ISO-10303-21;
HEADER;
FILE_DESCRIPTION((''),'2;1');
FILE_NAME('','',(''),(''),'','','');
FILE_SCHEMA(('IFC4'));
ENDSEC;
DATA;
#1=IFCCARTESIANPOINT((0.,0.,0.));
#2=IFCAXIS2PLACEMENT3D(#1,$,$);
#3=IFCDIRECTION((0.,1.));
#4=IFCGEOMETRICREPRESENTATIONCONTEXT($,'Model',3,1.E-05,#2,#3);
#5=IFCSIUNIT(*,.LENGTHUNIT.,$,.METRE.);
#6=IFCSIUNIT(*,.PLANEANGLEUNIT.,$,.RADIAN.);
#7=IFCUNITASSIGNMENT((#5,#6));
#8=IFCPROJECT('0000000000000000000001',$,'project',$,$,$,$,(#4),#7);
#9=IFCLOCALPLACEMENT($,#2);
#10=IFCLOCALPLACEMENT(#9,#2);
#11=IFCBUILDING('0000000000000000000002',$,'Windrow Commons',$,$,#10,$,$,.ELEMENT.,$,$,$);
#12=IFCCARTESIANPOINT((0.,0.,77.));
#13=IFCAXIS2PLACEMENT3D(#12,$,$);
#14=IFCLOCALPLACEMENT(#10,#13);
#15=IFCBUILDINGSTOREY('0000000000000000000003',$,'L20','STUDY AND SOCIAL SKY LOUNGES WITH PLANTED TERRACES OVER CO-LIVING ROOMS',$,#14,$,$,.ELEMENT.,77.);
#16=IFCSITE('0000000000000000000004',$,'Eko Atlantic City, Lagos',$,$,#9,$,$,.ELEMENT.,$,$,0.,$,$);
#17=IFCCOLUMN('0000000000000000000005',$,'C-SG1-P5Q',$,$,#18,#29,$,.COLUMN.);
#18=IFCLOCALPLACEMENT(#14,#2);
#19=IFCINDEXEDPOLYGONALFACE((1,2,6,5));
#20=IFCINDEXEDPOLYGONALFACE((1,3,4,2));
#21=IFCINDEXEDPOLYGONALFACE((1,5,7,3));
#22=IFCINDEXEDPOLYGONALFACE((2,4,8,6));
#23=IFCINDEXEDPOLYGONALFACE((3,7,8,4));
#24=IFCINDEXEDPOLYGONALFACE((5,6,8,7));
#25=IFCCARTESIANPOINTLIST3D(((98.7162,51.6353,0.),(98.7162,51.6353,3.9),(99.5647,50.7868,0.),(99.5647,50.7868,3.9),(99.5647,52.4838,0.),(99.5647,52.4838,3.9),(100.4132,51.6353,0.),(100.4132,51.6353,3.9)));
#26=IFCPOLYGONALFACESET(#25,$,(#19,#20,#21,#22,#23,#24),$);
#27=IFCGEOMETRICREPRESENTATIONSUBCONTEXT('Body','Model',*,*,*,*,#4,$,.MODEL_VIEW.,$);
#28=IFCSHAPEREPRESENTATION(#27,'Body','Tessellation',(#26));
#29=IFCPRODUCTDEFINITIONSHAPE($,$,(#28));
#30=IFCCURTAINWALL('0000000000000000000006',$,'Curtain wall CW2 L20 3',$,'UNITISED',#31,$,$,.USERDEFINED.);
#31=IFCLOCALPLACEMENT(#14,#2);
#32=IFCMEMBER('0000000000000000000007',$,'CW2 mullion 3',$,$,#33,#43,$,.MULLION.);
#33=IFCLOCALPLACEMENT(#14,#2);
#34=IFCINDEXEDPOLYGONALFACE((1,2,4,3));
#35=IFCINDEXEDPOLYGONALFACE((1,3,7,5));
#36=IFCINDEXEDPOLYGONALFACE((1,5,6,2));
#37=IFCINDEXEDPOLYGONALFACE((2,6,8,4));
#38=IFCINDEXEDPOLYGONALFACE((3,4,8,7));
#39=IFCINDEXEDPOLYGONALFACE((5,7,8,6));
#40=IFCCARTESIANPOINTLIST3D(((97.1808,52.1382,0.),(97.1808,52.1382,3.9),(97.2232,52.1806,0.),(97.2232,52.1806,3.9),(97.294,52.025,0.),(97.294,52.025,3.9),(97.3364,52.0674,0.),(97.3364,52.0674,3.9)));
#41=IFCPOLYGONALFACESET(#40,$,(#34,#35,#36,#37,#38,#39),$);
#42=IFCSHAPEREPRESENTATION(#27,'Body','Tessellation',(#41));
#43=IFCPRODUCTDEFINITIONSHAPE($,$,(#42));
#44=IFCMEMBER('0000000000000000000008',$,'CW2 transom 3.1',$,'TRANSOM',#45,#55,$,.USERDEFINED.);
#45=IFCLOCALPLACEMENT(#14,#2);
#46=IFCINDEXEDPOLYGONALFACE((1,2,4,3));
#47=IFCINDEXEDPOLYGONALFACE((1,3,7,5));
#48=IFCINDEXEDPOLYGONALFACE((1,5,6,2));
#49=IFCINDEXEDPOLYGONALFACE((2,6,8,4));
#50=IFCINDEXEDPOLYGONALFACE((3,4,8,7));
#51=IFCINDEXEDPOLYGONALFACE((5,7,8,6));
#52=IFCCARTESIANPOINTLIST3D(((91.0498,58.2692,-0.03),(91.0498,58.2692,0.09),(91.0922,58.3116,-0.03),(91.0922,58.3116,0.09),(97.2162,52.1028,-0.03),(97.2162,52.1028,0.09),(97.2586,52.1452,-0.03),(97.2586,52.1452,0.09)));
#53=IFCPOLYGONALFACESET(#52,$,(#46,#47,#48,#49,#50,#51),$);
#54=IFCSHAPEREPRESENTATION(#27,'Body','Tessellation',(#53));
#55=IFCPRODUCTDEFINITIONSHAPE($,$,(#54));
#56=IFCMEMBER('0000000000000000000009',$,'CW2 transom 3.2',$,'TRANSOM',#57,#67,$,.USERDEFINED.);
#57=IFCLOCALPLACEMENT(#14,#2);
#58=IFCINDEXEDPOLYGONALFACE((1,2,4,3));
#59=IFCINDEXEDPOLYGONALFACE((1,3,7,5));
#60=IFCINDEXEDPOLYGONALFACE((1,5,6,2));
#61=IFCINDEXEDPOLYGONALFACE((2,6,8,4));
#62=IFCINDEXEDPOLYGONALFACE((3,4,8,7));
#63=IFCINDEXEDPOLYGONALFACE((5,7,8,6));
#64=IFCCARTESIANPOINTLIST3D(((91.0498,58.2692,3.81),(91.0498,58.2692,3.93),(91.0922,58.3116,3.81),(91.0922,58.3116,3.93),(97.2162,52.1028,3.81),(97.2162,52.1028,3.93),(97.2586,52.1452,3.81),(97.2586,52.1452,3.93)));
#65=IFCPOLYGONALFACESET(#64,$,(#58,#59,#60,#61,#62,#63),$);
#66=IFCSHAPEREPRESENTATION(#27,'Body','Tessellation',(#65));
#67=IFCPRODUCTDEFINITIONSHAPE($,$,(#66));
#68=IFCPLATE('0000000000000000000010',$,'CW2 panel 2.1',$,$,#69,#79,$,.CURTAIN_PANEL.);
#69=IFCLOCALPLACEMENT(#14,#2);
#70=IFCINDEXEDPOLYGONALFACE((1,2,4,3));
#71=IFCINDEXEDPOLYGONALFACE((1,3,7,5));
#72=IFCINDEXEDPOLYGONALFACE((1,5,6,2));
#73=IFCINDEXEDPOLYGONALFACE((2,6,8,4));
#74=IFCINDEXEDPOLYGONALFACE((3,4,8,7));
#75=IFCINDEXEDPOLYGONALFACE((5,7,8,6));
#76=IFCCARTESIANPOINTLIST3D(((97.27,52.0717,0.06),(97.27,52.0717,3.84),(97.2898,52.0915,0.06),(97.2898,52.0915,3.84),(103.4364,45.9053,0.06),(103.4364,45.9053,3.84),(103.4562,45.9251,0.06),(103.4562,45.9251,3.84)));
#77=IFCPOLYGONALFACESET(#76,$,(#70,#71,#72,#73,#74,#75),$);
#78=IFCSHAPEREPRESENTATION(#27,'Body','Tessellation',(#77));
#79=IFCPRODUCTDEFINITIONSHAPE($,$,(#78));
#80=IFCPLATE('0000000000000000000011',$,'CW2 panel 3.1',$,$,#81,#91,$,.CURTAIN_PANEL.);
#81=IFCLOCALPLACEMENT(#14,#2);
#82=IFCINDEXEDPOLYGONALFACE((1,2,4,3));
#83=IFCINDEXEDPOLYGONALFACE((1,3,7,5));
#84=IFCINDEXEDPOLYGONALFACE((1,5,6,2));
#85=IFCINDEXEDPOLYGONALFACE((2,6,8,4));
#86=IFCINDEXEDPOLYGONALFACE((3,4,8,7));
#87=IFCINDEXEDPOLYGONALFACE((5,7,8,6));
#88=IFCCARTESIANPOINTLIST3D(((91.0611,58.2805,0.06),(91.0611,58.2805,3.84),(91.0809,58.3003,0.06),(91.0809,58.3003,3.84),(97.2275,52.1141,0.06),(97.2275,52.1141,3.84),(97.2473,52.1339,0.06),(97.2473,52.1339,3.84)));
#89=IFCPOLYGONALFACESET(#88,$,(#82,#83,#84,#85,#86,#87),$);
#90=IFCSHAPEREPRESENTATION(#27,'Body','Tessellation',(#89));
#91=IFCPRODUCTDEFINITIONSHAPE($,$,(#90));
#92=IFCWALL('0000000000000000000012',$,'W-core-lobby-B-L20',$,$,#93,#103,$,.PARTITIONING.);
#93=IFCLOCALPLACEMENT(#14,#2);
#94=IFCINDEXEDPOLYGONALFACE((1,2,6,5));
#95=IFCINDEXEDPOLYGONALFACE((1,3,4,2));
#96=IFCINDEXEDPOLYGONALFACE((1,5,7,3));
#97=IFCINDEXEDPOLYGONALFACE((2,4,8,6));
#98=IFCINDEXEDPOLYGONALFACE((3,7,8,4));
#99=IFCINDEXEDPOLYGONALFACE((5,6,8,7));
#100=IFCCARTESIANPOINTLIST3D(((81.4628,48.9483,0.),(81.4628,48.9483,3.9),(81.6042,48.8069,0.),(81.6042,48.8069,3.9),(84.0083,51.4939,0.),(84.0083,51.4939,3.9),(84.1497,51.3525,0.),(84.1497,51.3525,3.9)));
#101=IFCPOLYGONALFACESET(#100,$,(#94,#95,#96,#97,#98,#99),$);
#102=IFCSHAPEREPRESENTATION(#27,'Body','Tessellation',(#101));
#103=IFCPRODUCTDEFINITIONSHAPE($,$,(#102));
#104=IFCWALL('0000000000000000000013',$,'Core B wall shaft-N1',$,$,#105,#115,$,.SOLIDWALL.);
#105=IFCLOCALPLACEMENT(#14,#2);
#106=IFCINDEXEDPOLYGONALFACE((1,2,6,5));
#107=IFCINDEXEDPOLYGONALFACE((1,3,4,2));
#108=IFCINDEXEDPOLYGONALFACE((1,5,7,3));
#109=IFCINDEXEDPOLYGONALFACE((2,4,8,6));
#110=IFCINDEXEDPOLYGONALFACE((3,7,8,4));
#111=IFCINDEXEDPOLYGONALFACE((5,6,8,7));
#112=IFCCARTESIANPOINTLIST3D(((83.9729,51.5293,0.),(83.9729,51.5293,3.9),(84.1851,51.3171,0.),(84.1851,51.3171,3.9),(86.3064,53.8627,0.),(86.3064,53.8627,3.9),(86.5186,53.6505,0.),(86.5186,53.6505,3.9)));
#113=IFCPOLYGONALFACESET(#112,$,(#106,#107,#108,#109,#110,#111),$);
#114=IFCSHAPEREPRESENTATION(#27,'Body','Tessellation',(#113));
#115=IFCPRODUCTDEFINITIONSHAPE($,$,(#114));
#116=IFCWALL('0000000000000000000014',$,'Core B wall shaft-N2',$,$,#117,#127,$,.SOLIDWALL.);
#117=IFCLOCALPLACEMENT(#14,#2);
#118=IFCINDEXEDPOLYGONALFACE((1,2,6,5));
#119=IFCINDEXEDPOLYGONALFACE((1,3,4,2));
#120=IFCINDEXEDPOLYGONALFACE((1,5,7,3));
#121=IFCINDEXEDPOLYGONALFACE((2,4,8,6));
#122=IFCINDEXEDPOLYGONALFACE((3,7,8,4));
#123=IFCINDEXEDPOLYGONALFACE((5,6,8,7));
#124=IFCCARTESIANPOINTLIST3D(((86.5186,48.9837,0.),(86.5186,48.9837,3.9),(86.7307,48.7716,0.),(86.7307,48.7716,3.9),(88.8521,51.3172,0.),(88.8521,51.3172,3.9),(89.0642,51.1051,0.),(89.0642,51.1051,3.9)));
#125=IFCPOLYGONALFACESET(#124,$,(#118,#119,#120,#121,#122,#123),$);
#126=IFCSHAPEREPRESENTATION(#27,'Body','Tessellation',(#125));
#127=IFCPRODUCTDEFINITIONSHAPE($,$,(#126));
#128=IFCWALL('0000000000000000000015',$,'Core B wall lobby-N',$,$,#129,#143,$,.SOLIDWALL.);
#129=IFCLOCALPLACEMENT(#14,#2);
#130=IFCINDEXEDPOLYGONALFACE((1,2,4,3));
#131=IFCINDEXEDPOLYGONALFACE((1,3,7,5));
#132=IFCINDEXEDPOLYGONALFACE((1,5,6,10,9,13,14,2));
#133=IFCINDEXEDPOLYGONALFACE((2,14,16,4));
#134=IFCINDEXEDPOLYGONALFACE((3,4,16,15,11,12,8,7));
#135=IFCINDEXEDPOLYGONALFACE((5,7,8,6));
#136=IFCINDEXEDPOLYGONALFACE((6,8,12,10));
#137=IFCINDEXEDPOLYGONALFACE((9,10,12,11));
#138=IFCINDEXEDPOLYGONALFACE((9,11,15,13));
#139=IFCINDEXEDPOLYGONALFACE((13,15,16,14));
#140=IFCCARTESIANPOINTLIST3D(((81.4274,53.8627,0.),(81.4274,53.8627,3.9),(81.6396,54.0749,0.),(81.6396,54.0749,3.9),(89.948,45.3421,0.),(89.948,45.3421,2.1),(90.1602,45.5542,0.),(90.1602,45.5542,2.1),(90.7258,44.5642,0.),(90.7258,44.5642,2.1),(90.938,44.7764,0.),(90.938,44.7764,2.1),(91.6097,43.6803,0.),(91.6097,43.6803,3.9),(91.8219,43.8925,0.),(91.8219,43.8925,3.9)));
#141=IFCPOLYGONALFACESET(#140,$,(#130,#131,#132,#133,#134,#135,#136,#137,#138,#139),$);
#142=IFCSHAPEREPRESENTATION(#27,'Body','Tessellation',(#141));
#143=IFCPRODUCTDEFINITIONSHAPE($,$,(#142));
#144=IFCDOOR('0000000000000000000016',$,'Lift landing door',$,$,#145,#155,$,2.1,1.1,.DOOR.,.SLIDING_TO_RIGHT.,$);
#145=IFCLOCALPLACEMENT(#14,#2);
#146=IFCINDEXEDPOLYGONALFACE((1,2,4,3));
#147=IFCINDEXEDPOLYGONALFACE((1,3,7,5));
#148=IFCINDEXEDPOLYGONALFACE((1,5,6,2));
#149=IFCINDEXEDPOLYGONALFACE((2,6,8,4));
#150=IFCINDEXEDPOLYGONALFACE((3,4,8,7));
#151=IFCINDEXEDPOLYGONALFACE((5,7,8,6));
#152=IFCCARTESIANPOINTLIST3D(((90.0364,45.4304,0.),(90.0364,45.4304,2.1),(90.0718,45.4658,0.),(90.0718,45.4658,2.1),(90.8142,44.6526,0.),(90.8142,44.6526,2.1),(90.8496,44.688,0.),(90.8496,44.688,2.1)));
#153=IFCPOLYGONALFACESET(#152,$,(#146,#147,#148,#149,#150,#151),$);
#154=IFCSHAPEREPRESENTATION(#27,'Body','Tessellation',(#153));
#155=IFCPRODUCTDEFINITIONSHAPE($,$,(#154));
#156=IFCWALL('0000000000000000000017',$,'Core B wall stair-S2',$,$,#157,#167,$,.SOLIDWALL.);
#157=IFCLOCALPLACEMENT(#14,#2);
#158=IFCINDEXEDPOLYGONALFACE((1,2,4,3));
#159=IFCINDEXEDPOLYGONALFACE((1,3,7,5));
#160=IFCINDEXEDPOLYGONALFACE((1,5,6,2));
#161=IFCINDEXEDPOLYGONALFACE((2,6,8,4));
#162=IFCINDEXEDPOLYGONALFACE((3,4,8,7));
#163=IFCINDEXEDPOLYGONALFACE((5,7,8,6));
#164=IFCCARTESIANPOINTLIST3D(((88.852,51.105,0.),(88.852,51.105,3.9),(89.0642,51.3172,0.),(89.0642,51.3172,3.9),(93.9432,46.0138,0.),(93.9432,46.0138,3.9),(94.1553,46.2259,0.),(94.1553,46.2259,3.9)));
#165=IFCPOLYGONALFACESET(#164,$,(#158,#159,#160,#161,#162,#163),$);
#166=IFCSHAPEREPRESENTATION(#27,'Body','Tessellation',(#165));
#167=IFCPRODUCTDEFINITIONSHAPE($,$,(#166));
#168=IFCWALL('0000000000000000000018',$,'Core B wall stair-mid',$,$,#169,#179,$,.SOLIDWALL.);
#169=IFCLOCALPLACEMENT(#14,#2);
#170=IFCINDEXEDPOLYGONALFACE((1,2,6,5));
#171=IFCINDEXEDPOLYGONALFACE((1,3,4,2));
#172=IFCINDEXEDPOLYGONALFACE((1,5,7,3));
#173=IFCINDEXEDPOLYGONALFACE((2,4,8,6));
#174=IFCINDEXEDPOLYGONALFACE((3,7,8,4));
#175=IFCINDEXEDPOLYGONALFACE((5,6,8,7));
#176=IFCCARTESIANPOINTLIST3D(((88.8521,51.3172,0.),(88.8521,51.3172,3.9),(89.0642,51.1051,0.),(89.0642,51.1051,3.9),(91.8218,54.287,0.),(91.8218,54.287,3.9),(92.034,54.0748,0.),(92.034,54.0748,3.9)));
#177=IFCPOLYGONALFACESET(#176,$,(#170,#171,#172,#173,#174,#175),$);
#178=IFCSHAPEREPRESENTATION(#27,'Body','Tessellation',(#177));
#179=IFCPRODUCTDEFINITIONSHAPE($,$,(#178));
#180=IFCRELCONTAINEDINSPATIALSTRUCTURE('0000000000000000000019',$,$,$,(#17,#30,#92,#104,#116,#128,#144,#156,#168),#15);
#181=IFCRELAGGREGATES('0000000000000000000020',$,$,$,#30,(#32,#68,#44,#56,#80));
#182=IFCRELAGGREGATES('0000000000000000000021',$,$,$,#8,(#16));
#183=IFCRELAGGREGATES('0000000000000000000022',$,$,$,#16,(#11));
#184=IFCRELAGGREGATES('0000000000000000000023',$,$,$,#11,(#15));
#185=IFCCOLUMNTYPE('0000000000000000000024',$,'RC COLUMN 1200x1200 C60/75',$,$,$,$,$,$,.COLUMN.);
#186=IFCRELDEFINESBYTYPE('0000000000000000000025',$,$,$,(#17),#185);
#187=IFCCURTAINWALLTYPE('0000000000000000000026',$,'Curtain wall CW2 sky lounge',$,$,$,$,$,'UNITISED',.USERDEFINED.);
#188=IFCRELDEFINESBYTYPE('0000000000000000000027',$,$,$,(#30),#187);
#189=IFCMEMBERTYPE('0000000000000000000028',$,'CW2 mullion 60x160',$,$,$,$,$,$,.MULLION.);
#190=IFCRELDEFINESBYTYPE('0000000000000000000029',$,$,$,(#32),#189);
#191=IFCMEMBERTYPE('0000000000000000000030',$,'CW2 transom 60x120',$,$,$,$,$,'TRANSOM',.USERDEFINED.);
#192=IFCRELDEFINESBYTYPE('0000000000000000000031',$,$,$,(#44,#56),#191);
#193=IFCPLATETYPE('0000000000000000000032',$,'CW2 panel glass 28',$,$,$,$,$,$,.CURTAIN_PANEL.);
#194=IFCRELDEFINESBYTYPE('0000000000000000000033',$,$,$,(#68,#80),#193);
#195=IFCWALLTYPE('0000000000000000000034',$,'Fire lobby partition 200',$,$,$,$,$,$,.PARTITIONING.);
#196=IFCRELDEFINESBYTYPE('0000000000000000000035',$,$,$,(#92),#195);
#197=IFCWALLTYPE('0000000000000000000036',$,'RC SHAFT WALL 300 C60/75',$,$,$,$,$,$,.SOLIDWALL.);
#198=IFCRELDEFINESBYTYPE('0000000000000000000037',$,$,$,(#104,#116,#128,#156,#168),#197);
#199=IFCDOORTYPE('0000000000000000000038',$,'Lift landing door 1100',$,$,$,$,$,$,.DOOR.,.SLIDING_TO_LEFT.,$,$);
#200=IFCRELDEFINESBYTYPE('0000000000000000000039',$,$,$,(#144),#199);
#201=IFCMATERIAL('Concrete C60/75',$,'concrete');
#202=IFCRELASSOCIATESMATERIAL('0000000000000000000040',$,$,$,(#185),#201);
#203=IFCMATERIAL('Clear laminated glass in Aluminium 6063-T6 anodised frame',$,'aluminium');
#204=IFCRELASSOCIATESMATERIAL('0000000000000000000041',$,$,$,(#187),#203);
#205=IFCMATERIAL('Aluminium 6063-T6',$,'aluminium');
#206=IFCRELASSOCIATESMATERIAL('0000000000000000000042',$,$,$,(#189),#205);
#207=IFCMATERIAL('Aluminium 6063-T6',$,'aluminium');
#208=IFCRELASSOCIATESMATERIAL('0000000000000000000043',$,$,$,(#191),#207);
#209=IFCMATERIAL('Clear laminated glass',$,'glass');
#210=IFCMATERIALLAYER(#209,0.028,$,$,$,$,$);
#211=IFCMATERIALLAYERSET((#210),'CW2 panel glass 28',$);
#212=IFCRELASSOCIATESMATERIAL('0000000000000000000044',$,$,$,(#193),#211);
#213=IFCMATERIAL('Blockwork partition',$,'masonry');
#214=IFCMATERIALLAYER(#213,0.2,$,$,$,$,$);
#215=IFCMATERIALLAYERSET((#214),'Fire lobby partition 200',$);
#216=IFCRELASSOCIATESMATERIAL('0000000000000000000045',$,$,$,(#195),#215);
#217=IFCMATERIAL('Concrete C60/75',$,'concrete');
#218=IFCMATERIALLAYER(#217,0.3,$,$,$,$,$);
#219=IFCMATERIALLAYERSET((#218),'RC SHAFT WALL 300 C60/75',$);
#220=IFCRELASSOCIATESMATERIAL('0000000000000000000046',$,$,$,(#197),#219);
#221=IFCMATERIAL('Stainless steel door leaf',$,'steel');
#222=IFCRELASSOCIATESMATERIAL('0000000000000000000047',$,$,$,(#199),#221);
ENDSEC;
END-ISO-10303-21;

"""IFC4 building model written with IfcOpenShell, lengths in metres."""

from ifc_helpers import new_model, si_unit, direction, frame, frame_2d, origin, origin_2d, place, context, subcontext, project, spatial, rectangle, extrude, material, layer, layer_set, material_profile, profile_set, type_object, element, fill, aggregate, save


model = new_model("IFC4")

# Units and contexts
model_context = context("Model", 3, precision=1e-05, world=origin(), true_north=direction((0.0, 1.0)))
body_context = subcontext(model_context, "Body", "Model", "MODEL_VIEW")
ifc_project = project(units=[si_unit("LENGTHUNIT", "METRE"), si_unit("PLANEANGLEUNIT", "RADIAN")], contexts=[model_context])

# Site, building, storey
site_placement = place(None, origin())
site = spatial("IfcSite", under=ifc_project, at=site_placement, Name="Eko Atlantic City, Lagos", CompositionType="ELEMENT", RefElevation=0.0)
building_placement = place(site_placement, origin())
building = spatial("IfcBuilding", under=site, at=building_placement, Name="Windrow Commons", CompositionType="ELEMENT")
storey_placement = place(building_placement, frame((0.0, 0.0, 77.0)))
storey = spatial("IfcBuildingStorey", under=building, at=storey_placement, Name="L20", Description="STUDY AND SOCIAL SKY LOUNGES WITH PLANTED TERRACES OVER CO-LIVING ROOMS", CompositionType="ELEMENT", Elevation=77.0)

# Column
ifc_material_1 = material(Name="Concrete C60/75", Category="concrete")
ifc_material_profile_1 = material_profile(ifc_material_1, rectangle(XDim=1.2, YDim=1.2, at=origin_2d()))
ifc_profile_set_1 = profile_set([ifc_material_profile_1], Name="Concrete C60/75")
column_type = type_object("IfcColumnType", Name="RC COLUMN 1200x1200 C60/75", PredefinedType="COLUMN", material=ifc_profile_set_1)
column_placement = place(storey_placement, frame((99.5647, 51.6353, 0.0), z_axis=(0.0, 0.0, 1.0), x_axis=(0.707107, -0.707107, 0.0)))
element("IfcColumn", 1, at=column_placement, inside=storey, type_object=column_type, Name="C-SG1-P5Q", PredefinedType="COLUMN", context=body_context, shape_type="SweptSolid", body=[
    extrude(rectangle(XDim=1.2, YDim=1.2, at=origin_2d()), origin(), (0.0, 0.0, 1.0), 3.9),
])

# Curtain wall, members, plates
ifc_material_2 = material(Name="Clear laminated glass in Aluminium 6063-T6 anodised frame", Category="aluminium")
curtain_wall_type = type_object("IfcCurtainWallType", Name="Curtain wall CW2 sky lounge", ElementType="UNITISED", PredefinedType="USERDEFINED", material=ifc_material_2)
placement = place(storey_placement, origin())
curtain_wall = element("IfcCurtainWall", 2, at=placement, inside=storey, type_object=curtain_wall_type, Name="Curtain wall CW2 L20 3", ObjectType="UNITISED", PredefinedType="USERDEFINED")
ifc_material_3 = material(Name="Aluminium 6063-T6", Category="aluminium")
ifc_material_profile_2 = material_profile(ifc_material_3, rectangle(XDim=0.06, YDim=0.16, at=origin_2d()))
ifc_profile_set_2 = profile_set([ifc_material_profile_2], Name="Aluminium 6063-T6")
member_type_1 = type_object("IfcMemberType", Name="CW2 mullion 60x160", PredefinedType="MULLION", material=ifc_profile_set_2)
member_1_placement = place(storey_placement, frame((97.2586, 52.1028, 0.0), z_axis=(0.0, 0.0, 1.0), x_axis=(-0.707107, -0.707107, 0.0)))
member_1 = element("IfcMember", 3, at=member_1_placement, type_object=member_type_1, Name="CW2 mullion 3", PredefinedType="MULLION", context=body_context, shape_type="SweptSolid", body=[
    extrude(rectangle(XDim=0.06, YDim=0.16, at=origin_2d()), origin(), (0.0, 0.0, 1.0), 3.9),
])
ifc_material_4 = material(Name="Aluminium 6063-T6", Category="aluminium")
ifc_material_profile_3 = material_profile(ifc_material_4, rectangle(XDim=0.06, YDim=0.12, at=origin_2d()))
ifc_profile_set_3 = profile_set([ifc_material_profile_3], Name="Aluminium 6063-T6")
member_type_2 = type_object("IfcMemberType", Name="CW2 transom 60x120", ElementType="TRANSOM", PredefinedType="USERDEFINED", material=ifc_profile_set_3)
member_2_placement = place(storey_placement, frame((97.2374, 52.124, 0.03), z_axis=(-0.707107, 0.707107, 0.0), x_axis=(-0.707107, -0.707107, 0.0)))
member_2 = element("IfcMember", 4, at=member_2_placement, type_object=member_type_2, Name="CW2 transom 3.1", ObjectType="TRANSOM", PredefinedType="USERDEFINED", context=body_context, shape_type="SweptSolid", body=[
    extrude(rectangle(XDim=0.06, YDim=0.12, at=origin_2d()), origin(), (0.0, 0.0, 1.0), 8.7206),
])
member_3_placement = place(storey_placement, frame((97.2374, 52.124, 3.87), z_axis=(-0.707107, 0.707107, 0.0), x_axis=(-0.707107, -0.707107, 0.0)))
member_3 = element("IfcMember", 5, at=member_3_placement, type_object=member_type_2, Name="CW2 transom 3.2", ObjectType="TRANSOM", PredefinedType="USERDEFINED", context=body_context, shape_type="SweptSolid", body=[
    extrude(rectangle(XDim=0.06, YDim=0.12, at=origin_2d()), origin(), (0.0, 0.0, 1.0), 8.7206),
])
ifc_material_5 = material(Name="Clear laminated glass", Category="glass")
ifc_layer_1 = layer(ifc_material_5, 0.028)
ifc_layer_set_1 = layer_set([ifc_layer_1], Name="CW2 panel glass 28")
plate_type = type_object("IfcPlateType", Name="CW2 panel glass 28", PredefinedType="CURTAIN_PANEL", material=ifc_layer_set_1)
plate_1_placement = place(storey_placement, frame((100.3631, 48.9984, 0.06), z_axis=(0.0, 0.0, 1.0), x_axis=(-0.707107, 0.707107, 0.0)))
plate_1 = element("IfcPlate", 6, at=plate_1_placement, type_object=plate_type, Name="CW2 panel 2.1", PredefinedType="CURTAIN_PANEL", context=body_context, shape_type="SweptSolid", body=[
    extrude(rectangle(XDim=8.7206, YDim=0.028, at=origin_2d()), origin(), (0.0, 0.0, 1.0), 3.78),
])
plate_2_placement = place(storey_placement, frame((94.1542, 55.2072, 0.06), z_axis=(0.0, 0.0, 1.0), x_axis=(-0.707107, 0.707107, 0.0)))
plate_2 = element("IfcPlate", 7, at=plate_2_placement, type_object=plate_type, Name="CW2 panel 3.1", PredefinedType="CURTAIN_PANEL", context=body_context, shape_type="SweptSolid", body=[
    extrude(rectangle(XDim=8.7206, YDim=0.028, at=origin_2d()), origin(), (0.0, 0.0, 1.0), 3.78),
])
aggregate(curtain_wall, [member_1, plate_1, member_2, member_3, plate_2])

# Walls
ifc_material_6 = material(Name="Blockwork partition", Category="masonry")
ifc_layer_2 = layer(ifc_material_6, 0.2)
ifc_layer_set_2 = layer_set([ifc_layer_2], Name="Fire lobby partition 200")
wall_type_1 = type_object("IfcWallType", Name="Fire lobby partition 200", PredefinedType="PARTITIONING", material=ifc_layer_set_2)
wall_1_placement = place(storey_placement, frame((81.5335, 48.8776, 0.0), z_axis=(0.0, 0.0, 1.0), x_axis=(0.707093, 0.707121, 0.0)))
element("IfcWall", 8, at=wall_1_placement, inside=storey, type_object=wall_type_1, Name="W-core-lobby-B-L20", PredefinedType="PARTITIONING", context=body_context, shape_type="SweptSolid", body=[
    extrude(rectangle(XDim=3.6, YDim=0.2, at=frame_2d((1.8, 0.0))), origin(), (0.0, 0.0, 1.0), 3.9),
])
ifc_material_7 = material(Name="Concrete C60/75", Category="concrete")
ifc_layer_3 = layer(ifc_material_7, 0.3)
ifc_layer_set_3 = layer_set([ifc_layer_3], Name="RC SHAFT WALL 300 C60/75")
wall_type_2 = type_object("IfcWallType", Name="RC SHAFT WALL 300 C60/75", PredefinedType="SOLIDWALL", material=ifc_layer_set_3)
wall_2_placement = place(storey_placement, frame((84.079, 51.4232, 0.0), z_axis=(0.0, 0.0, 1.0), x_axis=(0.707122, 0.707092, 0.0)))
element("IfcWall", 9, at=wall_2_placement, inside=storey, type_object=wall_type_2, Name="Core B wall shaft-N1", PredefinedType="SOLIDWALL", context=body_context, shape_type="SweptSolid", body=[
    extrude(rectangle(XDim=3.3, YDim=0.3, at=frame_2d((1.65, 0.0))), origin(), (0.0, 0.0, 1.0), 3.9),
])
wall_3_placement = place(storey_placement, frame((86.6246, 48.8776, 0.0), z_axis=(0.0, 0.0, 1.0), x_axis=(0.707107, 0.707107, 0.0)))
element("IfcWall", 10, at=wall_3_placement, inside=storey, type_object=wall_type_2, Name="Core B wall shaft-N2", PredefinedType="SOLIDWALL", context=body_context, shape_type="SweptSolid", body=[
    extrude(rectangle(XDim=3.3001, YDim=0.3, at=frame_2d((1.6501, 0.0))), origin(), (0.0, 0.0, 1.0), 3.9),
])

# Wall, opening, door
wall_4_placement = place(storey_placement, frame((81.5335, 53.9688, 0.0), z_axis=(0.0, 0.0, 1.0), x_axis=(0.707103, -0.70711, 0.0)))
wall_4 = element("IfcWall", 11, at=wall_4_placement, inside=storey, type_object=wall_type_2, Name="Core B wall lobby-N", PredefinedType="SOLIDWALL", context=body_context, shape_type="SweptSolid", body=[
    extrude(rectangle(XDim=14.4, YDim=0.3, at=frame_2d((7.2, 0.0))), origin(), (0.0, 0.0, 1.0), 3.9),
])
opening_placement = place(wall_4_placement, frame((12.05, 0.0, 0.0)))
opening = element("IfcOpeningElement", 12, at=opening_placement, cuts=wall_4, PredefinedType="OPENING", context=body_context, shape_type="SweptSolid", body=[
    extrude(rectangle(XDim=1.1, YDim=2.1, at=frame_2d((0.55, 1.05))), frame((0.0, 0.16, 0.0), z_axis=(0.0, -1.0, 0.0), x_axis=(1.0, 0.0, 0.0)), (0.0, 0.0, 1.0), 0.32),
])
ifc_material_8 = material(Name="Stainless steel door leaf", Category="steel")
door_type = type_object("IfcDoorType", Name="Lift landing door 1100", OperationType="SLIDING_TO_LEFT", PredefinedType="DOOR", material=ifc_material_8)
door_placement = place(opening_placement, origin())
door = element("IfcDoor", 13, at=door_placement, inside=storey, type_object=door_type, Name="Lift landing door", OperationType="SLIDING_TO_RIGHT", OverallHeight=2.1, OverallWidth=1.1, PredefinedType="DOOR", context=body_context, shape_type="SweptSolid", body=[
    extrude(rectangle(XDim=1.1, YDim=2.1, at=frame_2d((0.55, 1.05))), frame((0.0, 0.025, 0.0), z_axis=(0.0, -1.0, 0.0), x_axis=(1.0, 0.0, 0.0)), (0.0, 0.0, 1.0), 0.05),
])
fill(opening, door)

# Walls
wall_5_placement = place(storey_placement, frame((88.9581, 51.2111, 0.0), z_axis=(0.0, 0.0, 1.0), x_axis=(0.7071, -0.707114, 0.0)))
element("IfcWall", 14, at=wall_5_placement, inside=storey, type_object=wall_type_2, Name="Core B wall stair-S2", PredefinedType="SOLIDWALL", context=body_context, shape_type="SweptSolid", body=[
    extrude(rectangle(XDim=7.2, YDim=0.3, at=frame_2d((3.6, 0.0))), origin(), (0.0, 0.0, 1.0), 3.9),
])
wall_6_placement = place(storey_placement, frame((88.9581, 51.2111, 0.0), z_axis=(0.0, 0.0, 1.0), x_axis=(0.707107, 0.707107, 0.0)))
element("IfcWall", 15, at=wall_6_placement, inside=storey, type_object=wall_type_2, Name="Core B wall stair-mid", PredefinedType="SOLIDWALL", context=body_context, shape_type="SweptSolid", body=[
    extrude(rectangle(XDim=4.1999, YDim=0.3, at=frame_2d((2.1, 0.0))), origin(), (0.0, 0.0, 1.0), 3.9),
])

save(model, "model.ifc")
